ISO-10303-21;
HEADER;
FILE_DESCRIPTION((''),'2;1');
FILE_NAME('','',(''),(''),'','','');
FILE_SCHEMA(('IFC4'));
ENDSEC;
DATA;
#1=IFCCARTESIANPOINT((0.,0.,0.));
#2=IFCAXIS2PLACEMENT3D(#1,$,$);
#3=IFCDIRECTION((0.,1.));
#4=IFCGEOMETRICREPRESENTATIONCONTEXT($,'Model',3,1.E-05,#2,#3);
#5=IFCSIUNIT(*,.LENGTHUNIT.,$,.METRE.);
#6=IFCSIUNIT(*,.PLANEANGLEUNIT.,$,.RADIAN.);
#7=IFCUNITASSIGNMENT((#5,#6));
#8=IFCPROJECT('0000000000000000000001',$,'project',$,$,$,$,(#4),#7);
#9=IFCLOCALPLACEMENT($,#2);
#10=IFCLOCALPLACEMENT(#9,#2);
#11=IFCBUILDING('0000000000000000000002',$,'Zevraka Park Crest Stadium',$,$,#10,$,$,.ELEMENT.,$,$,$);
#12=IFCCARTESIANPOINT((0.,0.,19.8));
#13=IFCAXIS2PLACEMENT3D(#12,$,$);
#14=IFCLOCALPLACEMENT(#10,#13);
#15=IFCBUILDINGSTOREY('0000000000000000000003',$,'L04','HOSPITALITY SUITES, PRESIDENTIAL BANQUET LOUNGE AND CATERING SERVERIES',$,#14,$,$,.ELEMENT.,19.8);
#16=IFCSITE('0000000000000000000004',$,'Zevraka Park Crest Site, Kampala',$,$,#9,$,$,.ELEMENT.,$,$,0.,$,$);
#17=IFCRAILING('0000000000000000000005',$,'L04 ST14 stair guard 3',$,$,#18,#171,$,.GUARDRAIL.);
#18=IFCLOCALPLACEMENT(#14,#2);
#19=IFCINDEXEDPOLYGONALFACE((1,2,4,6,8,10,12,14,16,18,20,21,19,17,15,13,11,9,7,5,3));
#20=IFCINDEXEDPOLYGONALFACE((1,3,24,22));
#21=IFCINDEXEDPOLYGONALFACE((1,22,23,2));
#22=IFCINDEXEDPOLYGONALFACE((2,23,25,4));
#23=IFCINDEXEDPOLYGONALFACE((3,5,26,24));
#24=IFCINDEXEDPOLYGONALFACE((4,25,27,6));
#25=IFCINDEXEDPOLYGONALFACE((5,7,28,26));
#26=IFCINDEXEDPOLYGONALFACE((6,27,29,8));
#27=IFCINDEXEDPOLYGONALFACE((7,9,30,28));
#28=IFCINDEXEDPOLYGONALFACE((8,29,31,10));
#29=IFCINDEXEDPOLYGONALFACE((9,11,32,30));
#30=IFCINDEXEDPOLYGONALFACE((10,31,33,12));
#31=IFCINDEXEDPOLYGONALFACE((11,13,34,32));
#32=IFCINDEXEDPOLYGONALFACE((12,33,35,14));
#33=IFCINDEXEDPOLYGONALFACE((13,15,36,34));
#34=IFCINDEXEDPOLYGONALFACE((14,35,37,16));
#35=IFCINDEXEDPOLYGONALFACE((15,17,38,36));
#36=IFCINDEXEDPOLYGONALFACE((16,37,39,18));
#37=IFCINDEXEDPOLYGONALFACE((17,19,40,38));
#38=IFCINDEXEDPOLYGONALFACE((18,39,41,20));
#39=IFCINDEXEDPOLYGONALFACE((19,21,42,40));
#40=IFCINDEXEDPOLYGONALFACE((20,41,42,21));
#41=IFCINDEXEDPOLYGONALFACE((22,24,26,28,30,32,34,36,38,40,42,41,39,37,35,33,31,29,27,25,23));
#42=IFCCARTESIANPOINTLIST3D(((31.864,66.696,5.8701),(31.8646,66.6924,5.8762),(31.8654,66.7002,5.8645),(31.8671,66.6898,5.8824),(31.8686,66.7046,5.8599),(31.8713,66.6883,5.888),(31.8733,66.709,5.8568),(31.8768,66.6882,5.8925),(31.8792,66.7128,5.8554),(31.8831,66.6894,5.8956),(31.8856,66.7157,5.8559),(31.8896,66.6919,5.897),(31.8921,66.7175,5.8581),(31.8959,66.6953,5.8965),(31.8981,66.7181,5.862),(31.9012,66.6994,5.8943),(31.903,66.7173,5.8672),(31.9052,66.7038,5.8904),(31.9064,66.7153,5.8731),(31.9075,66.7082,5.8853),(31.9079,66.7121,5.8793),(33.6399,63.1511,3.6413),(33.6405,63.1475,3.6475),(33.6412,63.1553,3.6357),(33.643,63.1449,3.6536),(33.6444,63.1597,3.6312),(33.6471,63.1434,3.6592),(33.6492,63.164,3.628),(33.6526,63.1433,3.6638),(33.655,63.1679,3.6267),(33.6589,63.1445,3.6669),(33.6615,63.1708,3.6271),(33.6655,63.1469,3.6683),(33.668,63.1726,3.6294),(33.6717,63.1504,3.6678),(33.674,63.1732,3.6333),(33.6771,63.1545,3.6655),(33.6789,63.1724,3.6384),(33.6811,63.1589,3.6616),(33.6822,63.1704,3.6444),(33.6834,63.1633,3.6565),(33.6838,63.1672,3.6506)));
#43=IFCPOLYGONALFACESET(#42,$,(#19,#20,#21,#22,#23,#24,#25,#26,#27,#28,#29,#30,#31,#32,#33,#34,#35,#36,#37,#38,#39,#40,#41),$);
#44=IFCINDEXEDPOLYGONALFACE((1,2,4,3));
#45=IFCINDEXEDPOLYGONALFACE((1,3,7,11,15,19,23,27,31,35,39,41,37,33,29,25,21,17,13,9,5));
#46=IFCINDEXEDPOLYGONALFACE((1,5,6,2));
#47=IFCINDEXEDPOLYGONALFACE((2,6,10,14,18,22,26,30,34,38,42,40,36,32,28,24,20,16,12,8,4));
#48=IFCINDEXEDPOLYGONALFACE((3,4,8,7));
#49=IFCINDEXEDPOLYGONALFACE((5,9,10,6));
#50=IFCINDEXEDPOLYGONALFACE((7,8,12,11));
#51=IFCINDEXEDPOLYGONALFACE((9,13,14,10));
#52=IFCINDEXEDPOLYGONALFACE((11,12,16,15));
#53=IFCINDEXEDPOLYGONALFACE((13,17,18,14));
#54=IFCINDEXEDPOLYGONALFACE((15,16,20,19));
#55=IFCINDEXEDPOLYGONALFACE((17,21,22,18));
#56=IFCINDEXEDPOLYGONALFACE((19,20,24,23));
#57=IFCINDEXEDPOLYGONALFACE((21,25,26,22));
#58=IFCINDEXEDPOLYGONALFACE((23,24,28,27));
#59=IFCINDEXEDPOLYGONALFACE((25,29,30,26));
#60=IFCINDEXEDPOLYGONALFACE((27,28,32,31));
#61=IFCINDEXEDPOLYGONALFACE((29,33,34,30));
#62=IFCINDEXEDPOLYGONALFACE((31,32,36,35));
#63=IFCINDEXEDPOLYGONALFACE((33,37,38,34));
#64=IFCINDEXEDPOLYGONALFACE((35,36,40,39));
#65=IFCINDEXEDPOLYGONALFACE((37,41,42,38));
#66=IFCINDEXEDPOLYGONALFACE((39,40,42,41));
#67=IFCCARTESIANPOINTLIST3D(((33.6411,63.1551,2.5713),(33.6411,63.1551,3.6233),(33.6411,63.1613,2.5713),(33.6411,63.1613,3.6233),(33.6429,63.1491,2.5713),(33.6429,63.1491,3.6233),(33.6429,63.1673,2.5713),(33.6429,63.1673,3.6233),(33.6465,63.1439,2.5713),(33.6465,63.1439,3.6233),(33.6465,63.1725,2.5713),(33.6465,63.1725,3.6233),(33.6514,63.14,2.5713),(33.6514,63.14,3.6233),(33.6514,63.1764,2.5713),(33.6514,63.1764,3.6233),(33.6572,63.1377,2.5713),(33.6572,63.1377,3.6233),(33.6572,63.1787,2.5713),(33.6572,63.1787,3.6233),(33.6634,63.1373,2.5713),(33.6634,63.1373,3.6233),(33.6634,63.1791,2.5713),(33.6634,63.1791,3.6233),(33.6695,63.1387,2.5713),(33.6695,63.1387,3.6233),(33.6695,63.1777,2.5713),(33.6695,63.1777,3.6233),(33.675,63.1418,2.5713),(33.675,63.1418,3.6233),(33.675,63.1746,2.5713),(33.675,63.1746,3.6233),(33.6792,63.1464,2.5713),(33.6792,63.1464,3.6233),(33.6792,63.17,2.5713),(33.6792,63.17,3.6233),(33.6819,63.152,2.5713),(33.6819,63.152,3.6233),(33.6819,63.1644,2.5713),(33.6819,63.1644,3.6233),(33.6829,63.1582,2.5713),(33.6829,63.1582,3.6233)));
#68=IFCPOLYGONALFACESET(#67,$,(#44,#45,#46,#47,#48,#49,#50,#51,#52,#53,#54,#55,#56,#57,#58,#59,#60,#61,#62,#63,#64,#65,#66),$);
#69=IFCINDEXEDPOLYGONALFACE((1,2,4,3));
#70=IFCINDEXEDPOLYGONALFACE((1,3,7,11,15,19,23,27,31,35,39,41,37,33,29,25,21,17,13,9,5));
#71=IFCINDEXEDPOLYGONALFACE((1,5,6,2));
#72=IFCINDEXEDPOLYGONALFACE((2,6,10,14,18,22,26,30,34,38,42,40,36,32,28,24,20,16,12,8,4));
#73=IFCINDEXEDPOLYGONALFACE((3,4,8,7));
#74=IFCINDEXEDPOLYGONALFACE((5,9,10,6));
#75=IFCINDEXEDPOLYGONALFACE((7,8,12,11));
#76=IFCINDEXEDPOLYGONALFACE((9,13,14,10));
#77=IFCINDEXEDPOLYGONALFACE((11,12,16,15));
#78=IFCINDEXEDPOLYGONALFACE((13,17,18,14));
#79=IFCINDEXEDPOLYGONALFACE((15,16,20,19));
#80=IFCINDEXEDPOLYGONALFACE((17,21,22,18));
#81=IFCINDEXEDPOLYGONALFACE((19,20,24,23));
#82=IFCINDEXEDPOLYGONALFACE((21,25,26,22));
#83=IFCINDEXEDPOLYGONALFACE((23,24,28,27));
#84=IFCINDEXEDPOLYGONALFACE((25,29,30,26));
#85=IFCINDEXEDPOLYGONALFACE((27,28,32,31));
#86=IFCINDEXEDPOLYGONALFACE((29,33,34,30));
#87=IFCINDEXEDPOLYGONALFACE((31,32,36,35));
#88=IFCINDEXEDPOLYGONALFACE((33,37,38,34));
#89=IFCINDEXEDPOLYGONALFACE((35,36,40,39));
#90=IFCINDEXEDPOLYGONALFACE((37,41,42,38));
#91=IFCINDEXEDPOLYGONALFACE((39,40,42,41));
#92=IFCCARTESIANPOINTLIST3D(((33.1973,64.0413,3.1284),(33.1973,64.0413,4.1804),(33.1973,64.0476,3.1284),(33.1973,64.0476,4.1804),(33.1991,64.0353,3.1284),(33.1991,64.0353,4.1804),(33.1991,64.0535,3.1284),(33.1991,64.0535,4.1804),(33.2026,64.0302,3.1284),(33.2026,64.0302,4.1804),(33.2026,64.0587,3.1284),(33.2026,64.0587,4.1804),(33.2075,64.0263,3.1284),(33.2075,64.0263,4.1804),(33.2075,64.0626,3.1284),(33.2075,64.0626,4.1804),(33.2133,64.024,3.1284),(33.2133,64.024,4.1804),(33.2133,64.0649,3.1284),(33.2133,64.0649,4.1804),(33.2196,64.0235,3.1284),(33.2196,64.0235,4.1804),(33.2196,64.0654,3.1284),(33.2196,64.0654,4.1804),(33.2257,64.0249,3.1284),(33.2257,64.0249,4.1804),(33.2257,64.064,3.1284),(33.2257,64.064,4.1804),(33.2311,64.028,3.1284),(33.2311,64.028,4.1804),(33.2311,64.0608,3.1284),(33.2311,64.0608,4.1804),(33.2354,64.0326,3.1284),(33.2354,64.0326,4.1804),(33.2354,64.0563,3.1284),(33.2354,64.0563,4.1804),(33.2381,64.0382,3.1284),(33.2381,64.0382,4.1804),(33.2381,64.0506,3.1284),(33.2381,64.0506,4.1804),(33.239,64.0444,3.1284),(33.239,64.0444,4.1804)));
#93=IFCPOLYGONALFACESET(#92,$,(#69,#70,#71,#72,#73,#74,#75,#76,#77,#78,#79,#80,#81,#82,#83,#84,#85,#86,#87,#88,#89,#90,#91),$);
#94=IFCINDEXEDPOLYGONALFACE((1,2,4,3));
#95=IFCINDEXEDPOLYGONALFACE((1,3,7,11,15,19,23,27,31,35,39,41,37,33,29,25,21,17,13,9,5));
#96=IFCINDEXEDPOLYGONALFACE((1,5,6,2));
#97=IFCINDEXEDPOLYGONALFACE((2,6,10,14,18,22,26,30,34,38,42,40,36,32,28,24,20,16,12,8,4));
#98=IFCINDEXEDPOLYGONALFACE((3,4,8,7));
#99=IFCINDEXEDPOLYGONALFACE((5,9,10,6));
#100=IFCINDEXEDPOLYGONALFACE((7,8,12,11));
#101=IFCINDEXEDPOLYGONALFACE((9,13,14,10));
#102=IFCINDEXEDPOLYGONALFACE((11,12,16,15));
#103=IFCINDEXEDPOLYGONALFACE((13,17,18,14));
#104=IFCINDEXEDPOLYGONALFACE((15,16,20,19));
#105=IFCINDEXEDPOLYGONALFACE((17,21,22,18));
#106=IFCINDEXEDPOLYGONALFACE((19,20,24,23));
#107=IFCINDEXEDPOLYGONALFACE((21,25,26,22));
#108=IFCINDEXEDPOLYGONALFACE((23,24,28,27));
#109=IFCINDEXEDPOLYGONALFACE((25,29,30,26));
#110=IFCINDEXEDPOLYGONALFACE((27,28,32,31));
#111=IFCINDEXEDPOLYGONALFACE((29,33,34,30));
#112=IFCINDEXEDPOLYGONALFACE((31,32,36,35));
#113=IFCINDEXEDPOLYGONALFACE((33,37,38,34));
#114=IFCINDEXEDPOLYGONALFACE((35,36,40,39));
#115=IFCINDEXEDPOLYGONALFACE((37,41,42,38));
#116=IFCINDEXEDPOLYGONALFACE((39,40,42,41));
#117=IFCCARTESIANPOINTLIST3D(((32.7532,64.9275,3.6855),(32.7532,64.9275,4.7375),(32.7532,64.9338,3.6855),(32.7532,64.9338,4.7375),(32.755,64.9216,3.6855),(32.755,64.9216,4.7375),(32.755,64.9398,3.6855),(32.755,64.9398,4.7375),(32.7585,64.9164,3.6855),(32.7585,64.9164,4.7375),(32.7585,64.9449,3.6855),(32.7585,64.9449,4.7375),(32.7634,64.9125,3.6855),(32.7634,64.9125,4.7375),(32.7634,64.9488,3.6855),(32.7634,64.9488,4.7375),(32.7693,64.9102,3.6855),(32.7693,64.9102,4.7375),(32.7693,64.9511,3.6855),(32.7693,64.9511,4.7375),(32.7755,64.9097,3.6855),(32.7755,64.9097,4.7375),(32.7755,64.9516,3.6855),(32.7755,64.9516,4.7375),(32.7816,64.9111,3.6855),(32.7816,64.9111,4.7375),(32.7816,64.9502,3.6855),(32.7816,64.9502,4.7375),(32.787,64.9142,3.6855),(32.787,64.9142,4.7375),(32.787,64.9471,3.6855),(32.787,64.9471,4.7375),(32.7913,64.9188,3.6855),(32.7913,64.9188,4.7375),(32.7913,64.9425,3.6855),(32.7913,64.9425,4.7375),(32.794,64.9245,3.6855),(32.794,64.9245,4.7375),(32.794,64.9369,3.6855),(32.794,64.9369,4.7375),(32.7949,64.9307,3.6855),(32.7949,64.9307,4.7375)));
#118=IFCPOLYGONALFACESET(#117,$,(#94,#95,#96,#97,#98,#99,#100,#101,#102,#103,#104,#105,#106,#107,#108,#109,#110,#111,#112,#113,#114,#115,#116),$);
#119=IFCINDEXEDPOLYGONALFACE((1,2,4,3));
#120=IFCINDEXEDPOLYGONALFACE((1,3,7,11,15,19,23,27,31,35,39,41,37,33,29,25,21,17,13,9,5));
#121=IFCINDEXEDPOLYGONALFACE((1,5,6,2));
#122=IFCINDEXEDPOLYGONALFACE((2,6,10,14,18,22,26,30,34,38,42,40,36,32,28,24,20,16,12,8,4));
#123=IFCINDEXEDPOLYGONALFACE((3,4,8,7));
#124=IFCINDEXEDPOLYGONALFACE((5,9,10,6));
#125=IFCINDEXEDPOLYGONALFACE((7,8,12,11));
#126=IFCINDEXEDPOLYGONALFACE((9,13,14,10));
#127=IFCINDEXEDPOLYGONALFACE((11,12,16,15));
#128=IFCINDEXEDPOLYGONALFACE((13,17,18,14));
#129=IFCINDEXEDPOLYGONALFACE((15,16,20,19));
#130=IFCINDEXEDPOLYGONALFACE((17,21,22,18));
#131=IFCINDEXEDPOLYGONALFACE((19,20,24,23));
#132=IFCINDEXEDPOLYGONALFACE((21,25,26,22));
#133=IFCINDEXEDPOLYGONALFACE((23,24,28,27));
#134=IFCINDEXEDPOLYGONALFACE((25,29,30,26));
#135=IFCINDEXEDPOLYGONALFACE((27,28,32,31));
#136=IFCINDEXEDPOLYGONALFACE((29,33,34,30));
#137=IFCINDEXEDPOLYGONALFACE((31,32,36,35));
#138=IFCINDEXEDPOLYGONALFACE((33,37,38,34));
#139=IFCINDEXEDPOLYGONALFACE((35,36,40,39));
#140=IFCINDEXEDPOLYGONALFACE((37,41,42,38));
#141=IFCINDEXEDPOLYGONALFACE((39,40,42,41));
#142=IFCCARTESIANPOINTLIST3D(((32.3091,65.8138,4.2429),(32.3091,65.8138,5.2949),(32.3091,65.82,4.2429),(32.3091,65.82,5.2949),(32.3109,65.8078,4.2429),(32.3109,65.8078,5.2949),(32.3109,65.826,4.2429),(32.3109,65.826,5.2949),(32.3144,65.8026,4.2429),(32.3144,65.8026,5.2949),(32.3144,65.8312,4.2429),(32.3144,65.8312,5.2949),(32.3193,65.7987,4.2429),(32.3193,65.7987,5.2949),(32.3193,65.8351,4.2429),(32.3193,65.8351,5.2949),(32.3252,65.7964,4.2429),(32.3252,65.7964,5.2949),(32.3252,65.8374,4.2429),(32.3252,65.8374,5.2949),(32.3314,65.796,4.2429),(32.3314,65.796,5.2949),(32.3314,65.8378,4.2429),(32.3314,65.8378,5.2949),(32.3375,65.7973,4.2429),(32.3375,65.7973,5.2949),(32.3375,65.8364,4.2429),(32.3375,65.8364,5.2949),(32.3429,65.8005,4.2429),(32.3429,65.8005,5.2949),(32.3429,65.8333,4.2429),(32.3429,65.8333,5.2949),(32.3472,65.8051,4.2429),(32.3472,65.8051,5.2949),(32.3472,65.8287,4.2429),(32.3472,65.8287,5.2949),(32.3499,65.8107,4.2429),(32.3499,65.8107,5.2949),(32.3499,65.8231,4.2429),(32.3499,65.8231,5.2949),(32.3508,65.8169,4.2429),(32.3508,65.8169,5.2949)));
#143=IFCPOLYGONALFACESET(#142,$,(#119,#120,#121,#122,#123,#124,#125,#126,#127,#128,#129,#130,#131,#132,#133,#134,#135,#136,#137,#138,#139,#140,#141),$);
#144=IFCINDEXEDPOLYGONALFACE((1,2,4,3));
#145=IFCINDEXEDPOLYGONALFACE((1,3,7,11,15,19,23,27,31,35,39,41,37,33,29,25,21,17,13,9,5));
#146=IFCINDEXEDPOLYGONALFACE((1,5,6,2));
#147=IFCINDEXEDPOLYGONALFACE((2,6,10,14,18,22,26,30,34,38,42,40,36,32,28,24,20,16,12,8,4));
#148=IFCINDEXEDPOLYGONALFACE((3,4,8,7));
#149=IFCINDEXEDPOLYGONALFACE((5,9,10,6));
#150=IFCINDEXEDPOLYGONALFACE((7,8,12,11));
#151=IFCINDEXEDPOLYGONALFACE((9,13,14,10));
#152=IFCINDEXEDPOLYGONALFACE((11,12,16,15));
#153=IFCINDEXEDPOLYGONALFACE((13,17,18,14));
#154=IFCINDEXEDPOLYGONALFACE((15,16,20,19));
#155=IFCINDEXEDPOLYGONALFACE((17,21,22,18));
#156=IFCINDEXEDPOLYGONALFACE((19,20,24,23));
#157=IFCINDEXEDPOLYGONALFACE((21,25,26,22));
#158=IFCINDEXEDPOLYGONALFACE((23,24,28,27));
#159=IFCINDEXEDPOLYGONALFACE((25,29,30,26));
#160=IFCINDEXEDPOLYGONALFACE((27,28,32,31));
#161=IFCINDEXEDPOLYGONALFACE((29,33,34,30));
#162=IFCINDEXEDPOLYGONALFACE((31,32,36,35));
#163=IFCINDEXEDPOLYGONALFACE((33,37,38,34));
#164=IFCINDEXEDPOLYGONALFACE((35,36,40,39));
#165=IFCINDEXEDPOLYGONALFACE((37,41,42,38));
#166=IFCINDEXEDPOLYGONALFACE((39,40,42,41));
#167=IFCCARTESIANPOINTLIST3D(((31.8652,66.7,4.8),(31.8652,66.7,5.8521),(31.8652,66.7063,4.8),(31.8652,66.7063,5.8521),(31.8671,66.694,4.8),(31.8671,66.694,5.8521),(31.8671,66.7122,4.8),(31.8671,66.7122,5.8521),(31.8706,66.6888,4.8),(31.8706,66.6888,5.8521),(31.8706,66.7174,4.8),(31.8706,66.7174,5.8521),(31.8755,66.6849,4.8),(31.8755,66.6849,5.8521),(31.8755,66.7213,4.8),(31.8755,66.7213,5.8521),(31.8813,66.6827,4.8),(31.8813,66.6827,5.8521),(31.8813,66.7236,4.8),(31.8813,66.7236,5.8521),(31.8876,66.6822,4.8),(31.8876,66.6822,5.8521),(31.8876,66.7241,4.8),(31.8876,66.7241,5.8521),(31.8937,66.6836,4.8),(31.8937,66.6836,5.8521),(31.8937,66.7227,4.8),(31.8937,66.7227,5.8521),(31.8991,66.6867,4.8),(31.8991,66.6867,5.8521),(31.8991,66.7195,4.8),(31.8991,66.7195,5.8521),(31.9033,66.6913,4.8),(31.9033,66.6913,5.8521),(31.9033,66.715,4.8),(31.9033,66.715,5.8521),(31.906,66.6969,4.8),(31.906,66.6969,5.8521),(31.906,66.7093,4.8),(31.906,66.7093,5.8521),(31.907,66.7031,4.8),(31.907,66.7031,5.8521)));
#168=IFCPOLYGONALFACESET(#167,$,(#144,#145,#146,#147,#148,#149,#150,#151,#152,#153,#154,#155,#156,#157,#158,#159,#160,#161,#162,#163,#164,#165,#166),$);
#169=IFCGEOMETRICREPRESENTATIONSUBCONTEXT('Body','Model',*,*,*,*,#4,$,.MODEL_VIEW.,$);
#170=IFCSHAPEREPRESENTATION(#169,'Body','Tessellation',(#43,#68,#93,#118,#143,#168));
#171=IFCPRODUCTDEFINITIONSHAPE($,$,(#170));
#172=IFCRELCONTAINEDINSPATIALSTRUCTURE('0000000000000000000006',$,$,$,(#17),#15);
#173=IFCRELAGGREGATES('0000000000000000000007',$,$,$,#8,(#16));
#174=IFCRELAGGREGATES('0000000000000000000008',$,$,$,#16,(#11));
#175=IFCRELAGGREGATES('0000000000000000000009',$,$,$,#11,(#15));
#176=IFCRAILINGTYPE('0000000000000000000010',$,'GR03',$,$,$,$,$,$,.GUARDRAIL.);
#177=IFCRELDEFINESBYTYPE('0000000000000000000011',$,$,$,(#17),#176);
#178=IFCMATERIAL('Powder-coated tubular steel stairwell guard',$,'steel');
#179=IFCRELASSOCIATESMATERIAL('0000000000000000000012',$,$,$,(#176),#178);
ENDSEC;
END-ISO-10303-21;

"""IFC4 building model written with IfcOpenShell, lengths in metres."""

from ifc_helpers import new_model, si_unit, direction, frame, origin, origin_2d, place, context, subcontext, project, spatial, circle, extrude, material, type_object, element, save


model = new_model("IFC4")

# Units and contexts
model_context = context("Model", 3, precision=1e-05, world=origin(), true_north=direction((0.0, 1.0)))
body_context = subcontext(model_context, "Body", "Model", "MODEL_VIEW")
ifc_project = project(units=[si_unit("LENGTHUNIT", "METRE"), si_unit("PLANEANGLEUNIT", "RADIAN")], contexts=[model_context])

# Site, building, storey
site_placement = place(None, origin())
site = spatial("IfcSite", under=ifc_project, at=site_placement, Name="Zevraka Park Crest Site, Kampala", CompositionType="ELEMENT", RefElevation=0.0)
building_placement = place(site_placement, origin())
building = spatial("IfcBuilding", under=site, at=building_placement, Name="Zevraka Park Crest Stadium", CompositionType="ELEMENT")
storey_placement = place(building_placement, frame((0.0, 0.0, 19.8)))
storey = spatial("IfcBuildingStorey", under=building, at=storey_placement, Name="L04", Description="HOSPITALITY SUITES, PRESIDENTIAL BANQUET LOUNGE AND CATERING SERVERIES", CompositionType="ELEMENT", Elevation=19.8)

# Railing
ifc_material_1 = material(Name="Powder-coated tubular steel stairwell guard", Category="steel")
railing_type_1 = type_object("IfcRailingType", Name="GR03", PredefinedType="GUARDRAIL", material=ifc_material_1)
railing_1_placement = place(storey_placement, frame((33.6619, 63.1582, 2.5713)))
element("IfcRailing", 1, at=railing_1_placement, inside=storey, type_object=railing_type_1, Name="L04 ST14 stair guard 3", PredefinedType="GUARDRAIL", context=body_context, shape_type="SweptSolid", body=[
    extrude(circle(Radius=0.0239, at=origin_2d()), frame((0.0, 0.0, 1.0762), z_axis=(-0.390444, 0.779384, 0.490014), x_axis=(-0.894082, -0.447903, 0.0)), (0.0, 0.0, 1.0), 4.5483),
    extrude(circle(Radius=0.021, at=origin_2d()), origin(), (0.0, 0.0, 1.0), 1.052),
    extrude(circle(Radius=0.021, at=origin_2d()), frame((-0.4438, 0.8862, 0.5571)), (0.0, 0.0, 1.0), 1.052),
    extrude(circle(Radius=0.021, at=origin_2d()), frame((-0.8879, 1.7725, 1.1143)), (0.0, 0.0, 1.0), 1.052),
    extrude(circle(Radius=0.021, at=origin_2d()), frame((-1.332, 2.6587, 1.6716)), (0.0, 0.0, 1.0), 1.052),
    extrude(circle(Radius=0.021, at=origin_2d()), frame((-1.7759, 3.5449, 2.2288)), (0.0, 0.0, 1.0), 1.052),
])

save(model, "model.ifc")
